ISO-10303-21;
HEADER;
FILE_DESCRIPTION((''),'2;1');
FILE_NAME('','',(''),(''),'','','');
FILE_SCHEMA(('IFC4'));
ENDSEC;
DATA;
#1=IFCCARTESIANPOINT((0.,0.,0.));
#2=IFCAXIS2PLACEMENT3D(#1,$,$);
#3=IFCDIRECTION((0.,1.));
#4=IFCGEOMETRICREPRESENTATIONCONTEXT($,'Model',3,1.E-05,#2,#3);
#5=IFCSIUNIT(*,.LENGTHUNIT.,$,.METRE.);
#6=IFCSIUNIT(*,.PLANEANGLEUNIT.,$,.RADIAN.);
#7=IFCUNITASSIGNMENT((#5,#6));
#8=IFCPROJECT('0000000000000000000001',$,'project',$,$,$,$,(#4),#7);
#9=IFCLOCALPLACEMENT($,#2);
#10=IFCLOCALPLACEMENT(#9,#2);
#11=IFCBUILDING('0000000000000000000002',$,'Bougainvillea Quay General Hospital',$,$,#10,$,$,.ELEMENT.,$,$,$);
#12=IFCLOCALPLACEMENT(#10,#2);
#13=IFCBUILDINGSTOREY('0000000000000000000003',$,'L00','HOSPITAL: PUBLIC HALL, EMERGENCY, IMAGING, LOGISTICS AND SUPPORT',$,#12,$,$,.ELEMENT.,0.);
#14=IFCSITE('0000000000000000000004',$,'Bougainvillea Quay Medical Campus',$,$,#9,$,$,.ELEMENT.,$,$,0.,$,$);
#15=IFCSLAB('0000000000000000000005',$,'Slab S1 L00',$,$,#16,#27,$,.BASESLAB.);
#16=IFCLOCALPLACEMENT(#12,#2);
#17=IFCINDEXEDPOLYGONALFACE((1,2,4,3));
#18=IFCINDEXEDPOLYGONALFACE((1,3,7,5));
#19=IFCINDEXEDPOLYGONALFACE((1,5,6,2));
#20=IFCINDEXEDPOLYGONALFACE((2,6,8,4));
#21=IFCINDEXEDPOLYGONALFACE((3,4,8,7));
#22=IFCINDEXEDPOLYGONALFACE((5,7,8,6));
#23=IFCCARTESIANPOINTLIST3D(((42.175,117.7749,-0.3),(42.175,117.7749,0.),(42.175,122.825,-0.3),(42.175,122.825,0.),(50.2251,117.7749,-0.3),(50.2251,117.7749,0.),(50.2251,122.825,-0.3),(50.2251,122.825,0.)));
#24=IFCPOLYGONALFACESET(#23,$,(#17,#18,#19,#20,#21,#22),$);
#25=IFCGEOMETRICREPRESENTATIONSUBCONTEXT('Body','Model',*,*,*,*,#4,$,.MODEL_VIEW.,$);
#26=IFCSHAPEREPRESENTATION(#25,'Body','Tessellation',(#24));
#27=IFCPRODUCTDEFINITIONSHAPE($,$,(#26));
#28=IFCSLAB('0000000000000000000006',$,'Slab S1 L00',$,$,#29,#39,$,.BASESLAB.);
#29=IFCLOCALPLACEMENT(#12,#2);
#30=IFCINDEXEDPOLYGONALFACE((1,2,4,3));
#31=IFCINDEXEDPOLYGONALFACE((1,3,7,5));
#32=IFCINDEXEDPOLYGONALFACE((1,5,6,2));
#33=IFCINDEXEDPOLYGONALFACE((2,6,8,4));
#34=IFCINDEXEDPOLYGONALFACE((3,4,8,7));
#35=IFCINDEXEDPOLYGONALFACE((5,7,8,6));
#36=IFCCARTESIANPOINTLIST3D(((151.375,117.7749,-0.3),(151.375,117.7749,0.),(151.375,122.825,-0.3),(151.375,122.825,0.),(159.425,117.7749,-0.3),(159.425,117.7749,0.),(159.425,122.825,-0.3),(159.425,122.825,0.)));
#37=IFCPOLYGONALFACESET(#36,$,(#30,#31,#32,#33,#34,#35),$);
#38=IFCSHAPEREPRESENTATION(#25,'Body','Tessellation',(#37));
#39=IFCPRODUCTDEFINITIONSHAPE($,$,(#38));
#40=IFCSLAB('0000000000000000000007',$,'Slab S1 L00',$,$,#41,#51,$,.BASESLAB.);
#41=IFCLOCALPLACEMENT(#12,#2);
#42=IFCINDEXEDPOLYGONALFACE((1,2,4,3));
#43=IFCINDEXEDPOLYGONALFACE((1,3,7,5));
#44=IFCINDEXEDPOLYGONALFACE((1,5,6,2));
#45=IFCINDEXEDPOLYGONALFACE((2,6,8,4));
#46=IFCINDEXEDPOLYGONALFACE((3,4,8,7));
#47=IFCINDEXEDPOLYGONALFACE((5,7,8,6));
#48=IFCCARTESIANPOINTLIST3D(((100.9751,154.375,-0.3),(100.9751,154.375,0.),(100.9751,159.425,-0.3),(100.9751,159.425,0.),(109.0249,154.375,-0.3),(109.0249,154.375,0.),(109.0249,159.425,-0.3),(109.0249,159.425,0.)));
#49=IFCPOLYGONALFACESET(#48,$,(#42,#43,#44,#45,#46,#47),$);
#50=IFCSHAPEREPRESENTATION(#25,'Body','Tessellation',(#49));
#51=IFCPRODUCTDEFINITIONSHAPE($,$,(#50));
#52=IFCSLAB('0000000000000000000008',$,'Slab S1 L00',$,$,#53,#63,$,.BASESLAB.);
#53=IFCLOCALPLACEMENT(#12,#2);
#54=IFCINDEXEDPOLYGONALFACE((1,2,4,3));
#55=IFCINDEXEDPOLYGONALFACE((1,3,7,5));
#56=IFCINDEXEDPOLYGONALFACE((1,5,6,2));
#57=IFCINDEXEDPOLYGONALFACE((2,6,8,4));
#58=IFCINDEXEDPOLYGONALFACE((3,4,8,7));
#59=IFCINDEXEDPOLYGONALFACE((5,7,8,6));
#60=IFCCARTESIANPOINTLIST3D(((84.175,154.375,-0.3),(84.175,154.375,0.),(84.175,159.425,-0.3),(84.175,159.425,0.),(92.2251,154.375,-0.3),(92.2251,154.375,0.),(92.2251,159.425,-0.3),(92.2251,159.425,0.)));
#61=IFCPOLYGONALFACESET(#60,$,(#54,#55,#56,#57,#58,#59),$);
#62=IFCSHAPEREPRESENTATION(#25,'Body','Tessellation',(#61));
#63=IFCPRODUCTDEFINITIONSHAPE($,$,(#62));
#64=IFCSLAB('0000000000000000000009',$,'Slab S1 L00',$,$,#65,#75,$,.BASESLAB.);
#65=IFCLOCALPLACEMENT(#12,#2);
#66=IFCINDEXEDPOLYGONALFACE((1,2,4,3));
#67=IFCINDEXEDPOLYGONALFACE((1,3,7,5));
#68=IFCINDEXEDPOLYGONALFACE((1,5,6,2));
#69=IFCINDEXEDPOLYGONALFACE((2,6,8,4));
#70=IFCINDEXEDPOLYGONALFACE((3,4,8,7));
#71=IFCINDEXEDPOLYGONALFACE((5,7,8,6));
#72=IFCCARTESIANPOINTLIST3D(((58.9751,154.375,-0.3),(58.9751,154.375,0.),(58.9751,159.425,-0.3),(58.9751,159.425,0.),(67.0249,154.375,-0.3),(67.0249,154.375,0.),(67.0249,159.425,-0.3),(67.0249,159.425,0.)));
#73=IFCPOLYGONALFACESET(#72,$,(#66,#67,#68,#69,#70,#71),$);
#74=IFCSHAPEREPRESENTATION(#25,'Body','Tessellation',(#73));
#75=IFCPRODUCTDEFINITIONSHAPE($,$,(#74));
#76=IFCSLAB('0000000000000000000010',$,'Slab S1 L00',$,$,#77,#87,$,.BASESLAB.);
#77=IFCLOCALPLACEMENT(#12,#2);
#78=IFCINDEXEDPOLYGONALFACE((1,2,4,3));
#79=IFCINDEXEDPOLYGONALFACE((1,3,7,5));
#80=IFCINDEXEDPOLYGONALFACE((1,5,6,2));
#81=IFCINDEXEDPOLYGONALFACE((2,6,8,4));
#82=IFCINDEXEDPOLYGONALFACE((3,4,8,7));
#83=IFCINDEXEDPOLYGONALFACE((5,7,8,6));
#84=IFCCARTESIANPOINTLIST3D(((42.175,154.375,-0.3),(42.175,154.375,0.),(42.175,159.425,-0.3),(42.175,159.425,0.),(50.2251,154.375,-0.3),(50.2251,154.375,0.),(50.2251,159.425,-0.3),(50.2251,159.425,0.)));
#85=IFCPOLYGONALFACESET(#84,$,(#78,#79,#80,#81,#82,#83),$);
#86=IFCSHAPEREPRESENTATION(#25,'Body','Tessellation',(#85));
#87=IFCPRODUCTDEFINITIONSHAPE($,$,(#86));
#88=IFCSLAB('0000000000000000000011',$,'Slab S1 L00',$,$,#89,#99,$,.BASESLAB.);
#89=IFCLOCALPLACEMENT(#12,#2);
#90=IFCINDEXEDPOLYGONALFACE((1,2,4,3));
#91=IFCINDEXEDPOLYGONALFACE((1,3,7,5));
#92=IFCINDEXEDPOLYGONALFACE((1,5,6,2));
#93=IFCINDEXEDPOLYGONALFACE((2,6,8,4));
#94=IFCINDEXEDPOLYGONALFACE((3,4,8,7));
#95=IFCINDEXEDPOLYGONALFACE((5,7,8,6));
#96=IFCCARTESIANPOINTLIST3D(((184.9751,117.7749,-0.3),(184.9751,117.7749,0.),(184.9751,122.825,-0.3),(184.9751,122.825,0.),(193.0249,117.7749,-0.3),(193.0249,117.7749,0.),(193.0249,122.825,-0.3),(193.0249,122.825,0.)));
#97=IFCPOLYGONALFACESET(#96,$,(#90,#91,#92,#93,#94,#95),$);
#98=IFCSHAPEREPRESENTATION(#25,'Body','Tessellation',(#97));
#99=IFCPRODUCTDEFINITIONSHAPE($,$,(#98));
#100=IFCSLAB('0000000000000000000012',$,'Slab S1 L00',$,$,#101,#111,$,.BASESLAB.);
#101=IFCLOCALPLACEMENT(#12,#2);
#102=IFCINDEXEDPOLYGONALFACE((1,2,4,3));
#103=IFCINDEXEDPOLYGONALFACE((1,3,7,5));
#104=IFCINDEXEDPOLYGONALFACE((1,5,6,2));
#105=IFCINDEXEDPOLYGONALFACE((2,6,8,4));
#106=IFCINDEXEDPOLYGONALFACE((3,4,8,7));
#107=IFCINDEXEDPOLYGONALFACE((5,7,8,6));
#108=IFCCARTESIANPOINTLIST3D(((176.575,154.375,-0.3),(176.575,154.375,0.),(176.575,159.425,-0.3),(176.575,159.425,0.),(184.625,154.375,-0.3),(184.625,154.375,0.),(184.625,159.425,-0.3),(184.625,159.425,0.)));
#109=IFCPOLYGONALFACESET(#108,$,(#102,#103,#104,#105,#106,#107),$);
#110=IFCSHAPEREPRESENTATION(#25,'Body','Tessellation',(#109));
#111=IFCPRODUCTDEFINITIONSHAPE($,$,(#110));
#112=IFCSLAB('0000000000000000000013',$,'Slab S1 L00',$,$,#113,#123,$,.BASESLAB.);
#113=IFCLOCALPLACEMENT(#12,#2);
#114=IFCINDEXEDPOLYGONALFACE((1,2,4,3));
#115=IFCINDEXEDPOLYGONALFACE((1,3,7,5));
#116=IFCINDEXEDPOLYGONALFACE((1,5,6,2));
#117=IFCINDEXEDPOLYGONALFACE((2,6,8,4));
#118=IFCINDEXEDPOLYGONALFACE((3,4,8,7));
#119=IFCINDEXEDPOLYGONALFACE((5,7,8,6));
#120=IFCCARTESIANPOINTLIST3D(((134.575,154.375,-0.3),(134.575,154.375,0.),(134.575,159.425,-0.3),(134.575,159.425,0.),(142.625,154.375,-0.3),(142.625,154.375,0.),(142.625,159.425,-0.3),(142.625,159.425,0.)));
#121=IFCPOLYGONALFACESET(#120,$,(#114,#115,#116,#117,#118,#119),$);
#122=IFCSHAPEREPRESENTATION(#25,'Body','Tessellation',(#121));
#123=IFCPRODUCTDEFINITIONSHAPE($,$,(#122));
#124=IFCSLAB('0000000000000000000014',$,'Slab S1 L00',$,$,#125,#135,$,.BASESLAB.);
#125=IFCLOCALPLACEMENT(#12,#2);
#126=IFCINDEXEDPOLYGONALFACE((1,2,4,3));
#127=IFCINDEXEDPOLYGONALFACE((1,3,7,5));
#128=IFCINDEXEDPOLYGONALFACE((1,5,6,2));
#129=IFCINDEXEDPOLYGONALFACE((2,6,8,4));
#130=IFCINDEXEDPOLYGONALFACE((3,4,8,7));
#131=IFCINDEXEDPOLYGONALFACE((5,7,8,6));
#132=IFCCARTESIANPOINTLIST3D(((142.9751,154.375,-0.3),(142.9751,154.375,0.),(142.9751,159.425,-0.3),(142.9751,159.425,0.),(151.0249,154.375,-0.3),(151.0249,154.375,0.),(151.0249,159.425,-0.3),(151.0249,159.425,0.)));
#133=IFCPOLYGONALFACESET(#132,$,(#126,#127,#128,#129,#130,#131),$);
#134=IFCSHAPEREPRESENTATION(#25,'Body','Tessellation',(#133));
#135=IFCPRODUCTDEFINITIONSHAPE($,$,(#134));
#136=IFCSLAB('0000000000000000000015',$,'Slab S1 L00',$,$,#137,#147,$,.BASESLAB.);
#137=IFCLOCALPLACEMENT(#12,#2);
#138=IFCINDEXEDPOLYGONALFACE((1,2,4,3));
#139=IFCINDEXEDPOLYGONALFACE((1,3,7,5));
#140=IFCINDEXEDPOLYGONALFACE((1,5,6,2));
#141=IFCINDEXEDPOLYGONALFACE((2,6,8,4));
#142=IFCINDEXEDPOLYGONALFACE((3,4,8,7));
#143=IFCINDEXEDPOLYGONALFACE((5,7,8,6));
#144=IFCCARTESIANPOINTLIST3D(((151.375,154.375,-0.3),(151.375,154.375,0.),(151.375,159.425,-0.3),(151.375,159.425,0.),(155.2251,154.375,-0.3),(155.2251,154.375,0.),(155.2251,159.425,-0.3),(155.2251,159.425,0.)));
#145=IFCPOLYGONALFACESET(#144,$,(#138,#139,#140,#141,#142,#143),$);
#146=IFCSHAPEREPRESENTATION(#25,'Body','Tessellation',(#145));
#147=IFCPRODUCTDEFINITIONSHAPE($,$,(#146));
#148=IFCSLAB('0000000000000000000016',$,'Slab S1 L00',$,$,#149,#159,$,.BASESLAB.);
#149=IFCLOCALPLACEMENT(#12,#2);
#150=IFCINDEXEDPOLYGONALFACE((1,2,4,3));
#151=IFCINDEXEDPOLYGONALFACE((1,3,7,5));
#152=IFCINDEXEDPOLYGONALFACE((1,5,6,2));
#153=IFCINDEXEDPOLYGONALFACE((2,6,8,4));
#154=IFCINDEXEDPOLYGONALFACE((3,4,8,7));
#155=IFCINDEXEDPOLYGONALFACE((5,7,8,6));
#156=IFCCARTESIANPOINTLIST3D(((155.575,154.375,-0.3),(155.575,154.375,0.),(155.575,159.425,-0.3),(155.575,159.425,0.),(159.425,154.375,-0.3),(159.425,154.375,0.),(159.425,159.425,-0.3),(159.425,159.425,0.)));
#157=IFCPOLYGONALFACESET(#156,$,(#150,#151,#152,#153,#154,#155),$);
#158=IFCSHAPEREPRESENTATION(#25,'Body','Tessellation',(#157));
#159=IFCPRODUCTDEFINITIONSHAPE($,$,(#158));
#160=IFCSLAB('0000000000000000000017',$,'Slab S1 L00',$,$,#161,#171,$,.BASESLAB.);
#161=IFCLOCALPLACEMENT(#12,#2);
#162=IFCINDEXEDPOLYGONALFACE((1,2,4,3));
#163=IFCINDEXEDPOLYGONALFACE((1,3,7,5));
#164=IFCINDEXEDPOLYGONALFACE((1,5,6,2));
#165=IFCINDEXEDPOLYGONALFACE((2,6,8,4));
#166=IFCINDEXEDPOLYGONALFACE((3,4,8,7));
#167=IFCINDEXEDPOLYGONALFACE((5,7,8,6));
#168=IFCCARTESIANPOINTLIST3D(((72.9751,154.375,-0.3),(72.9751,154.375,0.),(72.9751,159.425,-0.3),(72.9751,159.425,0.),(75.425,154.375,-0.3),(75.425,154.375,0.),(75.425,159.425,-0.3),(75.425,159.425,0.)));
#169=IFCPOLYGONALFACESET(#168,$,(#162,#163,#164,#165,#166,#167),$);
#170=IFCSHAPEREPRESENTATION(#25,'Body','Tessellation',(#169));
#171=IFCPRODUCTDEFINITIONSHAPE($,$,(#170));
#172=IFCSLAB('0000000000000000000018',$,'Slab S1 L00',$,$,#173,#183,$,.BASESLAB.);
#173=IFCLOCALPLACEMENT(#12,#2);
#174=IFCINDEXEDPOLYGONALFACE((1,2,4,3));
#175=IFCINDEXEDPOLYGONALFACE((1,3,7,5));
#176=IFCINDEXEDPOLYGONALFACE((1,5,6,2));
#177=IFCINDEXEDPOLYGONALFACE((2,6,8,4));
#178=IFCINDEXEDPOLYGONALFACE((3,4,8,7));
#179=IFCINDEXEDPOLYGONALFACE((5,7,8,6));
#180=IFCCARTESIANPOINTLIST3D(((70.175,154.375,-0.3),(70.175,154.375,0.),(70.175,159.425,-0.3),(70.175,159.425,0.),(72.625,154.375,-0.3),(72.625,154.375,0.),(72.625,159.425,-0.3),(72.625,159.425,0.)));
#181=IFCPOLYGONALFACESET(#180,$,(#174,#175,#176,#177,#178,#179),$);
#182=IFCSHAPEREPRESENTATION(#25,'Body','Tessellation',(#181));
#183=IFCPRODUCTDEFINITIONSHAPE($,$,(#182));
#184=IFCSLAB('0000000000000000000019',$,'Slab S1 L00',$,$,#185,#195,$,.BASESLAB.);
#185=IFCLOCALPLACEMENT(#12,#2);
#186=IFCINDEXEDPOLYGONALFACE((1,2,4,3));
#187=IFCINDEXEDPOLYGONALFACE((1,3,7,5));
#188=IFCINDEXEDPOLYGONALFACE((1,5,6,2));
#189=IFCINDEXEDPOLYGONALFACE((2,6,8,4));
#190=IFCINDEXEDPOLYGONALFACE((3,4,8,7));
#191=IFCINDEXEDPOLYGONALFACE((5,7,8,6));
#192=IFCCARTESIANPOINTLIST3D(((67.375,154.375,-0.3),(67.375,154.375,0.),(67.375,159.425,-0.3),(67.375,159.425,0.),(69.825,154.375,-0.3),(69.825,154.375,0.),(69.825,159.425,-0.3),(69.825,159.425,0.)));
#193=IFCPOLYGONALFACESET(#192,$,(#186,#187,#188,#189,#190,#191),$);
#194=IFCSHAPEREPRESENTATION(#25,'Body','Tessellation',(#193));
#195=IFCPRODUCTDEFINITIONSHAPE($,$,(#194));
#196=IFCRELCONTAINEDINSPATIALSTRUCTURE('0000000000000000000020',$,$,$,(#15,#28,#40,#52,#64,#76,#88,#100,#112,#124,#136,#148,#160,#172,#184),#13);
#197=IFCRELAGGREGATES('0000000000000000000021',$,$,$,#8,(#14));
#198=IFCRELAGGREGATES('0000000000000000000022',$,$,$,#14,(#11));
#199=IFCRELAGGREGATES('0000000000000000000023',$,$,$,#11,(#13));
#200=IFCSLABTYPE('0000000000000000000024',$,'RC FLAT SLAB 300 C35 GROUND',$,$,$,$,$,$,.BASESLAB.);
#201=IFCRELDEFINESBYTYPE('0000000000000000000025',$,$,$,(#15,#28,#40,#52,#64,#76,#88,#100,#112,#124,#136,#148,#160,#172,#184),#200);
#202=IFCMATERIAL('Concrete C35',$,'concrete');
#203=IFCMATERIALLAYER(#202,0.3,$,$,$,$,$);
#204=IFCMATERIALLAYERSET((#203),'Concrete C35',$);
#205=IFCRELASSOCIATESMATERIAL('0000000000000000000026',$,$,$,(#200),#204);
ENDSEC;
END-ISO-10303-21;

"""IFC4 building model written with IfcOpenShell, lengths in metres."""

from ifc_helpers import new_model, si_unit, direction, frame, origin, place, context, subcontext, project, spatial, polyline, outline, extrude, material, layer, layer_set, type_object, element, save


model = new_model("IFC4")

# Units and contexts
model_context = context("Model", 3, precision=1e-05, world=origin(), true_north=direction((0.0, 1.0)))
body_context = subcontext(model_context, "Body", "Model", "MODEL_VIEW")
ifc_project = project(units=[si_unit("LENGTHUNIT", "METRE"), si_unit("PLANEANGLEUNIT", "RADIAN")], contexts=[model_context])

# Site, building, storey
site_placement = place(None, origin())
site = spatial("IfcSite", under=ifc_project, at=site_placement, Name="Bougainvillea Quay Medical Campus", CompositionType="ELEMENT", RefElevation=0.0)
building_placement = place(site_placement, origin())
building = spatial("IfcBuilding", under=site, at=building_placement, Name="Bougainvillea Quay General Hospital", CompositionType="ELEMENT")
storey_placement = place(building_placement, origin())
storey = spatial("IfcBuildingStorey", under=building, at=storey_placement, Name="L00", Description="HOSPITAL: PUBLIC HALL, EMERGENCY, IMAGING, LOGISTICS AND SUPPORT", CompositionType="ELEMENT", Elevation=0.0)

# Slabs
ifc_material = material(Name="Concrete C35", Category="concrete")
ifc_layer = layer(ifc_material, 0.3)
ifc_layer_set = layer_set([ifc_layer], Name="Concrete C35")
slab_type = type_object("IfcSlabType", Name="RC FLAT SLAB 300 C35 GROUND", PredefinedType="BASESLAB", material=ifc_layer_set)
slab_1_placement = place(storey_placement, frame((0.0, 0.0, -0.3)))
element("IfcSlab", 1, at=slab_1_placement, inside=storey, type_object=slab_type, Name="Slab S1 L00", PredefinedType="BASESLAB", context=body_context, shape_type="SweptSolid", body=[
    extrude(outline(polyline([(42.175, 117.7749), (50.2251, 117.7749), (50.2251, 122.825), (42.175, 122.825), (42.175, 117.7749)])), origin(), (0.0, 0.0, 1.0), 0.3),
])
slab_2_placement = place(storey_placement, frame((0.0, 0.0, -0.3)))
element("IfcSlab", 2, at=slab_2_placement, inside=storey, type_object=slab_type, Name="Slab S1 L00", PredefinedType="BASESLAB", context=body_context, shape_type="SweptSolid", body=[
    extrude(outline(polyline([(151.375, 122.825), (151.375, 117.7749), (159.425, 117.7749), (159.425, 122.825), (151.375, 122.825)])), origin(), (0.0, 0.0, 1.0), 0.3),
])
slab_3_placement = place(storey_placement, frame((0.0, 0.0, -0.3)))
element("IfcSlab", 3, at=slab_3_placement, inside=storey, type_object=slab_type, Name="Slab S1 L00", PredefinedType="BASESLAB", context=body_context, shape_type="SweptSolid", body=[
    extrude(outline(polyline([(100.9751, 159.425), (100.9751, 154.375), (109.0249, 154.375), (109.0249, 159.425), (100.9751, 159.425)])), origin(), (0.0, 0.0, 1.0), 0.3),
])
slab_4_placement = place(storey_placement, frame((0.0, 0.0, -0.3)))
element("IfcSlab", 4, at=slab_4_placement, inside=storey, type_object=slab_type, Name="Slab S1 L00", PredefinedType="BASESLAB", context=body_context, shape_type="SweptSolid", body=[
    extrude(outline(polyline([(92.2251, 154.375), (92.2251, 159.425), (84.175, 159.425), (84.175, 154.375), (92.2251, 154.375)])), origin(), (0.0, 0.0, 1.0), 0.3),
])
slab_5_placement = place(storey_placement, frame((0.0, 0.0, -0.3)))
element("IfcSlab", 5, at=slab_5_placement, inside=storey, type_object=slab_type, Name="Slab S1 L00", PredefinedType="BASESLAB", context=body_context, shape_type="SweptSolid", body=[
    extrude(outline(polyline([(67.0249, 154.375), (67.0249, 159.425), (58.9751, 159.425), (58.9751, 154.375), (67.0249, 154.375)])), origin(), (0.0, 0.0, 1.0), 0.3),
])
slab_6_placement = place(storey_placement, frame((0.0, 0.0, -0.3)))
element("IfcSlab", 6, at=slab_6_placement, inside=storey, type_object=slab_type, Name="Slab S1 L00", PredefinedType="BASESLAB", context=body_context, shape_type="SweptSolid", body=[
    extrude(outline(polyline([(50.2251, 154.375), (50.2251, 159.425), (42.175, 159.425), (42.175, 154.375), (50.2251, 154.375)])), origin(), (0.0, 0.0, 1.0), 0.3),
])
slab_7_placement = place(storey_placement, frame((0.0, 0.0, -0.3)))
element("IfcSlab", 7, at=slab_7_placement, inside=storey, type_object=slab_type, Name="Slab S1 L00", PredefinedType="BASESLAB", context=body_context, shape_type="SweptSolid", body=[
    extrude(outline(polyline([(193.0249, 122.825), (184.9751, 122.825), (184.9751, 117.7749), (193.0249, 117.7749), (193.0249, 122.825)])), origin(), (0.0, 0.0, 1.0), 0.3),
])
slab_8_placement = place(storey_placement, frame((0.0, 0.0, -0.3)))
element("IfcSlab", 8, at=slab_8_placement, inside=storey, type_object=slab_type, Name="Slab S1 L00", PredefinedType="BASESLAB", context=body_context, shape_type="SweptSolid", body=[
    extrude(outline(polyline([(176.575, 154.375), (184.625, 154.375), (184.625, 159.425), (176.575, 159.425), (176.575, 154.375)])), origin(), (0.0, 0.0, 1.0), 0.3),
])
slab_9_placement = place(storey_placement, frame((0.0, 0.0, -0.3)))
element("IfcSlab", 9, at=slab_9_placement, inside=storey, type_object=slab_type, Name="Slab S1 L00", PredefinedType="BASESLAB", context=body_context, shape_type="SweptSolid", body=[
    extrude(outline(polyline([(134.575, 159.425), (134.575, 154.375), (142.625, 154.375), (142.625, 159.425), (134.575, 159.425)])), origin(), (0.0, 0.0, 1.0), 0.3),
])
slab_10_placement = place(storey_placement, frame((0.0, 0.0, -0.3)))
element("IfcSlab", 10, at=slab_10_placement, inside=storey, type_object=slab_type, Name="Slab S1 L00", PredefinedType="BASESLAB", context=body_context, shape_type="SweptSolid", body=[
    extrude(outline(polyline([(142.9751, 159.425), (142.9751, 154.375), (151.0249, 154.375), (151.0249, 159.425), (142.9751, 159.425)])), origin(), (0.0, 0.0, 1.0), 0.3),
])
slab_11_placement = place(storey_placement, frame((0.0, 0.0, -0.3)))
element("IfcSlab", 11, at=slab_11_placement, inside=storey, type_object=slab_type, Name="Slab S1 L00", PredefinedType="BASESLAB", context=body_context, shape_type="SweptSolid", body=[
    extrude(outline(polyline([(151.375, 159.425), (151.375, 154.375), (155.2251, 154.375), (155.2251, 159.425), (151.375, 159.425)])), origin(), (0.0, 0.0, 1.0), 0.3),
])
slab_12_placement = place(storey_placement, frame((0.0, 0.0, -0.3)))
element("IfcSlab", 12, at=slab_12_placement, inside=storey, type_object=slab_type, Name="Slab S1 L00", PredefinedType="BASESLAB", context=body_context, shape_type="SweptSolid", body=[
    extrude(outline(polyline([(155.575, 159.425), (155.575, 154.375), (159.425, 154.375), (159.425, 159.425), (155.575, 159.425)])), origin(), (0.0, 0.0, 1.0), 0.3),
])
slab_13_placement = place(storey_placement, frame((0.0, 0.0, -0.3)))
element("IfcSlab", 13, at=slab_13_placement, inside=storey, type_object=slab_type, Name="Slab S1 L00", PredefinedType="BASESLAB", context=body_context, shape_type="SweptSolid", body=[
    extrude(outline(polyline([(75.425, 154.375), (75.425, 159.425), (72.9751, 159.425), (72.9751, 154.375), (75.425, 154.375)])), origin(), (0.0, 0.0, 1.0), 0.3),
])
slab_14_placement = place(storey_placement, frame((0.0, 0.0, -0.3)))
element("IfcSlab", 14, at=slab_14_placement, inside=storey, type_object=slab_type, Name="Slab S1 L00", PredefinedType="BASESLAB", context=body_context, shape_type="SweptSolid", body=[
    extrude(outline(polyline([(72.625, 154.375), (72.625, 159.425), (70.175, 159.425), (70.175, 154.375), (72.625, 154.375)])), origin(), (0.0, 0.0, 1.0), 0.3),
])
slab_15_placement = place(storey_placement, frame((0.0, 0.0, -0.3)))
element("IfcSlab", 15, at=slab_15_placement, inside=storey, type_object=slab_type, Name="Slab S1 L00", PredefinedType="BASESLAB", context=body_context, shape_type="SweptSolid", body=[
    extrude(outline(polyline([(69.825, 159.425), (67.375, 159.425), (67.375, 154.375), (69.825, 154.375), (69.825, 159.425)])), origin(), (0.0, 0.0, 1.0), 0.3),
])

save(model, "model.ifc")
